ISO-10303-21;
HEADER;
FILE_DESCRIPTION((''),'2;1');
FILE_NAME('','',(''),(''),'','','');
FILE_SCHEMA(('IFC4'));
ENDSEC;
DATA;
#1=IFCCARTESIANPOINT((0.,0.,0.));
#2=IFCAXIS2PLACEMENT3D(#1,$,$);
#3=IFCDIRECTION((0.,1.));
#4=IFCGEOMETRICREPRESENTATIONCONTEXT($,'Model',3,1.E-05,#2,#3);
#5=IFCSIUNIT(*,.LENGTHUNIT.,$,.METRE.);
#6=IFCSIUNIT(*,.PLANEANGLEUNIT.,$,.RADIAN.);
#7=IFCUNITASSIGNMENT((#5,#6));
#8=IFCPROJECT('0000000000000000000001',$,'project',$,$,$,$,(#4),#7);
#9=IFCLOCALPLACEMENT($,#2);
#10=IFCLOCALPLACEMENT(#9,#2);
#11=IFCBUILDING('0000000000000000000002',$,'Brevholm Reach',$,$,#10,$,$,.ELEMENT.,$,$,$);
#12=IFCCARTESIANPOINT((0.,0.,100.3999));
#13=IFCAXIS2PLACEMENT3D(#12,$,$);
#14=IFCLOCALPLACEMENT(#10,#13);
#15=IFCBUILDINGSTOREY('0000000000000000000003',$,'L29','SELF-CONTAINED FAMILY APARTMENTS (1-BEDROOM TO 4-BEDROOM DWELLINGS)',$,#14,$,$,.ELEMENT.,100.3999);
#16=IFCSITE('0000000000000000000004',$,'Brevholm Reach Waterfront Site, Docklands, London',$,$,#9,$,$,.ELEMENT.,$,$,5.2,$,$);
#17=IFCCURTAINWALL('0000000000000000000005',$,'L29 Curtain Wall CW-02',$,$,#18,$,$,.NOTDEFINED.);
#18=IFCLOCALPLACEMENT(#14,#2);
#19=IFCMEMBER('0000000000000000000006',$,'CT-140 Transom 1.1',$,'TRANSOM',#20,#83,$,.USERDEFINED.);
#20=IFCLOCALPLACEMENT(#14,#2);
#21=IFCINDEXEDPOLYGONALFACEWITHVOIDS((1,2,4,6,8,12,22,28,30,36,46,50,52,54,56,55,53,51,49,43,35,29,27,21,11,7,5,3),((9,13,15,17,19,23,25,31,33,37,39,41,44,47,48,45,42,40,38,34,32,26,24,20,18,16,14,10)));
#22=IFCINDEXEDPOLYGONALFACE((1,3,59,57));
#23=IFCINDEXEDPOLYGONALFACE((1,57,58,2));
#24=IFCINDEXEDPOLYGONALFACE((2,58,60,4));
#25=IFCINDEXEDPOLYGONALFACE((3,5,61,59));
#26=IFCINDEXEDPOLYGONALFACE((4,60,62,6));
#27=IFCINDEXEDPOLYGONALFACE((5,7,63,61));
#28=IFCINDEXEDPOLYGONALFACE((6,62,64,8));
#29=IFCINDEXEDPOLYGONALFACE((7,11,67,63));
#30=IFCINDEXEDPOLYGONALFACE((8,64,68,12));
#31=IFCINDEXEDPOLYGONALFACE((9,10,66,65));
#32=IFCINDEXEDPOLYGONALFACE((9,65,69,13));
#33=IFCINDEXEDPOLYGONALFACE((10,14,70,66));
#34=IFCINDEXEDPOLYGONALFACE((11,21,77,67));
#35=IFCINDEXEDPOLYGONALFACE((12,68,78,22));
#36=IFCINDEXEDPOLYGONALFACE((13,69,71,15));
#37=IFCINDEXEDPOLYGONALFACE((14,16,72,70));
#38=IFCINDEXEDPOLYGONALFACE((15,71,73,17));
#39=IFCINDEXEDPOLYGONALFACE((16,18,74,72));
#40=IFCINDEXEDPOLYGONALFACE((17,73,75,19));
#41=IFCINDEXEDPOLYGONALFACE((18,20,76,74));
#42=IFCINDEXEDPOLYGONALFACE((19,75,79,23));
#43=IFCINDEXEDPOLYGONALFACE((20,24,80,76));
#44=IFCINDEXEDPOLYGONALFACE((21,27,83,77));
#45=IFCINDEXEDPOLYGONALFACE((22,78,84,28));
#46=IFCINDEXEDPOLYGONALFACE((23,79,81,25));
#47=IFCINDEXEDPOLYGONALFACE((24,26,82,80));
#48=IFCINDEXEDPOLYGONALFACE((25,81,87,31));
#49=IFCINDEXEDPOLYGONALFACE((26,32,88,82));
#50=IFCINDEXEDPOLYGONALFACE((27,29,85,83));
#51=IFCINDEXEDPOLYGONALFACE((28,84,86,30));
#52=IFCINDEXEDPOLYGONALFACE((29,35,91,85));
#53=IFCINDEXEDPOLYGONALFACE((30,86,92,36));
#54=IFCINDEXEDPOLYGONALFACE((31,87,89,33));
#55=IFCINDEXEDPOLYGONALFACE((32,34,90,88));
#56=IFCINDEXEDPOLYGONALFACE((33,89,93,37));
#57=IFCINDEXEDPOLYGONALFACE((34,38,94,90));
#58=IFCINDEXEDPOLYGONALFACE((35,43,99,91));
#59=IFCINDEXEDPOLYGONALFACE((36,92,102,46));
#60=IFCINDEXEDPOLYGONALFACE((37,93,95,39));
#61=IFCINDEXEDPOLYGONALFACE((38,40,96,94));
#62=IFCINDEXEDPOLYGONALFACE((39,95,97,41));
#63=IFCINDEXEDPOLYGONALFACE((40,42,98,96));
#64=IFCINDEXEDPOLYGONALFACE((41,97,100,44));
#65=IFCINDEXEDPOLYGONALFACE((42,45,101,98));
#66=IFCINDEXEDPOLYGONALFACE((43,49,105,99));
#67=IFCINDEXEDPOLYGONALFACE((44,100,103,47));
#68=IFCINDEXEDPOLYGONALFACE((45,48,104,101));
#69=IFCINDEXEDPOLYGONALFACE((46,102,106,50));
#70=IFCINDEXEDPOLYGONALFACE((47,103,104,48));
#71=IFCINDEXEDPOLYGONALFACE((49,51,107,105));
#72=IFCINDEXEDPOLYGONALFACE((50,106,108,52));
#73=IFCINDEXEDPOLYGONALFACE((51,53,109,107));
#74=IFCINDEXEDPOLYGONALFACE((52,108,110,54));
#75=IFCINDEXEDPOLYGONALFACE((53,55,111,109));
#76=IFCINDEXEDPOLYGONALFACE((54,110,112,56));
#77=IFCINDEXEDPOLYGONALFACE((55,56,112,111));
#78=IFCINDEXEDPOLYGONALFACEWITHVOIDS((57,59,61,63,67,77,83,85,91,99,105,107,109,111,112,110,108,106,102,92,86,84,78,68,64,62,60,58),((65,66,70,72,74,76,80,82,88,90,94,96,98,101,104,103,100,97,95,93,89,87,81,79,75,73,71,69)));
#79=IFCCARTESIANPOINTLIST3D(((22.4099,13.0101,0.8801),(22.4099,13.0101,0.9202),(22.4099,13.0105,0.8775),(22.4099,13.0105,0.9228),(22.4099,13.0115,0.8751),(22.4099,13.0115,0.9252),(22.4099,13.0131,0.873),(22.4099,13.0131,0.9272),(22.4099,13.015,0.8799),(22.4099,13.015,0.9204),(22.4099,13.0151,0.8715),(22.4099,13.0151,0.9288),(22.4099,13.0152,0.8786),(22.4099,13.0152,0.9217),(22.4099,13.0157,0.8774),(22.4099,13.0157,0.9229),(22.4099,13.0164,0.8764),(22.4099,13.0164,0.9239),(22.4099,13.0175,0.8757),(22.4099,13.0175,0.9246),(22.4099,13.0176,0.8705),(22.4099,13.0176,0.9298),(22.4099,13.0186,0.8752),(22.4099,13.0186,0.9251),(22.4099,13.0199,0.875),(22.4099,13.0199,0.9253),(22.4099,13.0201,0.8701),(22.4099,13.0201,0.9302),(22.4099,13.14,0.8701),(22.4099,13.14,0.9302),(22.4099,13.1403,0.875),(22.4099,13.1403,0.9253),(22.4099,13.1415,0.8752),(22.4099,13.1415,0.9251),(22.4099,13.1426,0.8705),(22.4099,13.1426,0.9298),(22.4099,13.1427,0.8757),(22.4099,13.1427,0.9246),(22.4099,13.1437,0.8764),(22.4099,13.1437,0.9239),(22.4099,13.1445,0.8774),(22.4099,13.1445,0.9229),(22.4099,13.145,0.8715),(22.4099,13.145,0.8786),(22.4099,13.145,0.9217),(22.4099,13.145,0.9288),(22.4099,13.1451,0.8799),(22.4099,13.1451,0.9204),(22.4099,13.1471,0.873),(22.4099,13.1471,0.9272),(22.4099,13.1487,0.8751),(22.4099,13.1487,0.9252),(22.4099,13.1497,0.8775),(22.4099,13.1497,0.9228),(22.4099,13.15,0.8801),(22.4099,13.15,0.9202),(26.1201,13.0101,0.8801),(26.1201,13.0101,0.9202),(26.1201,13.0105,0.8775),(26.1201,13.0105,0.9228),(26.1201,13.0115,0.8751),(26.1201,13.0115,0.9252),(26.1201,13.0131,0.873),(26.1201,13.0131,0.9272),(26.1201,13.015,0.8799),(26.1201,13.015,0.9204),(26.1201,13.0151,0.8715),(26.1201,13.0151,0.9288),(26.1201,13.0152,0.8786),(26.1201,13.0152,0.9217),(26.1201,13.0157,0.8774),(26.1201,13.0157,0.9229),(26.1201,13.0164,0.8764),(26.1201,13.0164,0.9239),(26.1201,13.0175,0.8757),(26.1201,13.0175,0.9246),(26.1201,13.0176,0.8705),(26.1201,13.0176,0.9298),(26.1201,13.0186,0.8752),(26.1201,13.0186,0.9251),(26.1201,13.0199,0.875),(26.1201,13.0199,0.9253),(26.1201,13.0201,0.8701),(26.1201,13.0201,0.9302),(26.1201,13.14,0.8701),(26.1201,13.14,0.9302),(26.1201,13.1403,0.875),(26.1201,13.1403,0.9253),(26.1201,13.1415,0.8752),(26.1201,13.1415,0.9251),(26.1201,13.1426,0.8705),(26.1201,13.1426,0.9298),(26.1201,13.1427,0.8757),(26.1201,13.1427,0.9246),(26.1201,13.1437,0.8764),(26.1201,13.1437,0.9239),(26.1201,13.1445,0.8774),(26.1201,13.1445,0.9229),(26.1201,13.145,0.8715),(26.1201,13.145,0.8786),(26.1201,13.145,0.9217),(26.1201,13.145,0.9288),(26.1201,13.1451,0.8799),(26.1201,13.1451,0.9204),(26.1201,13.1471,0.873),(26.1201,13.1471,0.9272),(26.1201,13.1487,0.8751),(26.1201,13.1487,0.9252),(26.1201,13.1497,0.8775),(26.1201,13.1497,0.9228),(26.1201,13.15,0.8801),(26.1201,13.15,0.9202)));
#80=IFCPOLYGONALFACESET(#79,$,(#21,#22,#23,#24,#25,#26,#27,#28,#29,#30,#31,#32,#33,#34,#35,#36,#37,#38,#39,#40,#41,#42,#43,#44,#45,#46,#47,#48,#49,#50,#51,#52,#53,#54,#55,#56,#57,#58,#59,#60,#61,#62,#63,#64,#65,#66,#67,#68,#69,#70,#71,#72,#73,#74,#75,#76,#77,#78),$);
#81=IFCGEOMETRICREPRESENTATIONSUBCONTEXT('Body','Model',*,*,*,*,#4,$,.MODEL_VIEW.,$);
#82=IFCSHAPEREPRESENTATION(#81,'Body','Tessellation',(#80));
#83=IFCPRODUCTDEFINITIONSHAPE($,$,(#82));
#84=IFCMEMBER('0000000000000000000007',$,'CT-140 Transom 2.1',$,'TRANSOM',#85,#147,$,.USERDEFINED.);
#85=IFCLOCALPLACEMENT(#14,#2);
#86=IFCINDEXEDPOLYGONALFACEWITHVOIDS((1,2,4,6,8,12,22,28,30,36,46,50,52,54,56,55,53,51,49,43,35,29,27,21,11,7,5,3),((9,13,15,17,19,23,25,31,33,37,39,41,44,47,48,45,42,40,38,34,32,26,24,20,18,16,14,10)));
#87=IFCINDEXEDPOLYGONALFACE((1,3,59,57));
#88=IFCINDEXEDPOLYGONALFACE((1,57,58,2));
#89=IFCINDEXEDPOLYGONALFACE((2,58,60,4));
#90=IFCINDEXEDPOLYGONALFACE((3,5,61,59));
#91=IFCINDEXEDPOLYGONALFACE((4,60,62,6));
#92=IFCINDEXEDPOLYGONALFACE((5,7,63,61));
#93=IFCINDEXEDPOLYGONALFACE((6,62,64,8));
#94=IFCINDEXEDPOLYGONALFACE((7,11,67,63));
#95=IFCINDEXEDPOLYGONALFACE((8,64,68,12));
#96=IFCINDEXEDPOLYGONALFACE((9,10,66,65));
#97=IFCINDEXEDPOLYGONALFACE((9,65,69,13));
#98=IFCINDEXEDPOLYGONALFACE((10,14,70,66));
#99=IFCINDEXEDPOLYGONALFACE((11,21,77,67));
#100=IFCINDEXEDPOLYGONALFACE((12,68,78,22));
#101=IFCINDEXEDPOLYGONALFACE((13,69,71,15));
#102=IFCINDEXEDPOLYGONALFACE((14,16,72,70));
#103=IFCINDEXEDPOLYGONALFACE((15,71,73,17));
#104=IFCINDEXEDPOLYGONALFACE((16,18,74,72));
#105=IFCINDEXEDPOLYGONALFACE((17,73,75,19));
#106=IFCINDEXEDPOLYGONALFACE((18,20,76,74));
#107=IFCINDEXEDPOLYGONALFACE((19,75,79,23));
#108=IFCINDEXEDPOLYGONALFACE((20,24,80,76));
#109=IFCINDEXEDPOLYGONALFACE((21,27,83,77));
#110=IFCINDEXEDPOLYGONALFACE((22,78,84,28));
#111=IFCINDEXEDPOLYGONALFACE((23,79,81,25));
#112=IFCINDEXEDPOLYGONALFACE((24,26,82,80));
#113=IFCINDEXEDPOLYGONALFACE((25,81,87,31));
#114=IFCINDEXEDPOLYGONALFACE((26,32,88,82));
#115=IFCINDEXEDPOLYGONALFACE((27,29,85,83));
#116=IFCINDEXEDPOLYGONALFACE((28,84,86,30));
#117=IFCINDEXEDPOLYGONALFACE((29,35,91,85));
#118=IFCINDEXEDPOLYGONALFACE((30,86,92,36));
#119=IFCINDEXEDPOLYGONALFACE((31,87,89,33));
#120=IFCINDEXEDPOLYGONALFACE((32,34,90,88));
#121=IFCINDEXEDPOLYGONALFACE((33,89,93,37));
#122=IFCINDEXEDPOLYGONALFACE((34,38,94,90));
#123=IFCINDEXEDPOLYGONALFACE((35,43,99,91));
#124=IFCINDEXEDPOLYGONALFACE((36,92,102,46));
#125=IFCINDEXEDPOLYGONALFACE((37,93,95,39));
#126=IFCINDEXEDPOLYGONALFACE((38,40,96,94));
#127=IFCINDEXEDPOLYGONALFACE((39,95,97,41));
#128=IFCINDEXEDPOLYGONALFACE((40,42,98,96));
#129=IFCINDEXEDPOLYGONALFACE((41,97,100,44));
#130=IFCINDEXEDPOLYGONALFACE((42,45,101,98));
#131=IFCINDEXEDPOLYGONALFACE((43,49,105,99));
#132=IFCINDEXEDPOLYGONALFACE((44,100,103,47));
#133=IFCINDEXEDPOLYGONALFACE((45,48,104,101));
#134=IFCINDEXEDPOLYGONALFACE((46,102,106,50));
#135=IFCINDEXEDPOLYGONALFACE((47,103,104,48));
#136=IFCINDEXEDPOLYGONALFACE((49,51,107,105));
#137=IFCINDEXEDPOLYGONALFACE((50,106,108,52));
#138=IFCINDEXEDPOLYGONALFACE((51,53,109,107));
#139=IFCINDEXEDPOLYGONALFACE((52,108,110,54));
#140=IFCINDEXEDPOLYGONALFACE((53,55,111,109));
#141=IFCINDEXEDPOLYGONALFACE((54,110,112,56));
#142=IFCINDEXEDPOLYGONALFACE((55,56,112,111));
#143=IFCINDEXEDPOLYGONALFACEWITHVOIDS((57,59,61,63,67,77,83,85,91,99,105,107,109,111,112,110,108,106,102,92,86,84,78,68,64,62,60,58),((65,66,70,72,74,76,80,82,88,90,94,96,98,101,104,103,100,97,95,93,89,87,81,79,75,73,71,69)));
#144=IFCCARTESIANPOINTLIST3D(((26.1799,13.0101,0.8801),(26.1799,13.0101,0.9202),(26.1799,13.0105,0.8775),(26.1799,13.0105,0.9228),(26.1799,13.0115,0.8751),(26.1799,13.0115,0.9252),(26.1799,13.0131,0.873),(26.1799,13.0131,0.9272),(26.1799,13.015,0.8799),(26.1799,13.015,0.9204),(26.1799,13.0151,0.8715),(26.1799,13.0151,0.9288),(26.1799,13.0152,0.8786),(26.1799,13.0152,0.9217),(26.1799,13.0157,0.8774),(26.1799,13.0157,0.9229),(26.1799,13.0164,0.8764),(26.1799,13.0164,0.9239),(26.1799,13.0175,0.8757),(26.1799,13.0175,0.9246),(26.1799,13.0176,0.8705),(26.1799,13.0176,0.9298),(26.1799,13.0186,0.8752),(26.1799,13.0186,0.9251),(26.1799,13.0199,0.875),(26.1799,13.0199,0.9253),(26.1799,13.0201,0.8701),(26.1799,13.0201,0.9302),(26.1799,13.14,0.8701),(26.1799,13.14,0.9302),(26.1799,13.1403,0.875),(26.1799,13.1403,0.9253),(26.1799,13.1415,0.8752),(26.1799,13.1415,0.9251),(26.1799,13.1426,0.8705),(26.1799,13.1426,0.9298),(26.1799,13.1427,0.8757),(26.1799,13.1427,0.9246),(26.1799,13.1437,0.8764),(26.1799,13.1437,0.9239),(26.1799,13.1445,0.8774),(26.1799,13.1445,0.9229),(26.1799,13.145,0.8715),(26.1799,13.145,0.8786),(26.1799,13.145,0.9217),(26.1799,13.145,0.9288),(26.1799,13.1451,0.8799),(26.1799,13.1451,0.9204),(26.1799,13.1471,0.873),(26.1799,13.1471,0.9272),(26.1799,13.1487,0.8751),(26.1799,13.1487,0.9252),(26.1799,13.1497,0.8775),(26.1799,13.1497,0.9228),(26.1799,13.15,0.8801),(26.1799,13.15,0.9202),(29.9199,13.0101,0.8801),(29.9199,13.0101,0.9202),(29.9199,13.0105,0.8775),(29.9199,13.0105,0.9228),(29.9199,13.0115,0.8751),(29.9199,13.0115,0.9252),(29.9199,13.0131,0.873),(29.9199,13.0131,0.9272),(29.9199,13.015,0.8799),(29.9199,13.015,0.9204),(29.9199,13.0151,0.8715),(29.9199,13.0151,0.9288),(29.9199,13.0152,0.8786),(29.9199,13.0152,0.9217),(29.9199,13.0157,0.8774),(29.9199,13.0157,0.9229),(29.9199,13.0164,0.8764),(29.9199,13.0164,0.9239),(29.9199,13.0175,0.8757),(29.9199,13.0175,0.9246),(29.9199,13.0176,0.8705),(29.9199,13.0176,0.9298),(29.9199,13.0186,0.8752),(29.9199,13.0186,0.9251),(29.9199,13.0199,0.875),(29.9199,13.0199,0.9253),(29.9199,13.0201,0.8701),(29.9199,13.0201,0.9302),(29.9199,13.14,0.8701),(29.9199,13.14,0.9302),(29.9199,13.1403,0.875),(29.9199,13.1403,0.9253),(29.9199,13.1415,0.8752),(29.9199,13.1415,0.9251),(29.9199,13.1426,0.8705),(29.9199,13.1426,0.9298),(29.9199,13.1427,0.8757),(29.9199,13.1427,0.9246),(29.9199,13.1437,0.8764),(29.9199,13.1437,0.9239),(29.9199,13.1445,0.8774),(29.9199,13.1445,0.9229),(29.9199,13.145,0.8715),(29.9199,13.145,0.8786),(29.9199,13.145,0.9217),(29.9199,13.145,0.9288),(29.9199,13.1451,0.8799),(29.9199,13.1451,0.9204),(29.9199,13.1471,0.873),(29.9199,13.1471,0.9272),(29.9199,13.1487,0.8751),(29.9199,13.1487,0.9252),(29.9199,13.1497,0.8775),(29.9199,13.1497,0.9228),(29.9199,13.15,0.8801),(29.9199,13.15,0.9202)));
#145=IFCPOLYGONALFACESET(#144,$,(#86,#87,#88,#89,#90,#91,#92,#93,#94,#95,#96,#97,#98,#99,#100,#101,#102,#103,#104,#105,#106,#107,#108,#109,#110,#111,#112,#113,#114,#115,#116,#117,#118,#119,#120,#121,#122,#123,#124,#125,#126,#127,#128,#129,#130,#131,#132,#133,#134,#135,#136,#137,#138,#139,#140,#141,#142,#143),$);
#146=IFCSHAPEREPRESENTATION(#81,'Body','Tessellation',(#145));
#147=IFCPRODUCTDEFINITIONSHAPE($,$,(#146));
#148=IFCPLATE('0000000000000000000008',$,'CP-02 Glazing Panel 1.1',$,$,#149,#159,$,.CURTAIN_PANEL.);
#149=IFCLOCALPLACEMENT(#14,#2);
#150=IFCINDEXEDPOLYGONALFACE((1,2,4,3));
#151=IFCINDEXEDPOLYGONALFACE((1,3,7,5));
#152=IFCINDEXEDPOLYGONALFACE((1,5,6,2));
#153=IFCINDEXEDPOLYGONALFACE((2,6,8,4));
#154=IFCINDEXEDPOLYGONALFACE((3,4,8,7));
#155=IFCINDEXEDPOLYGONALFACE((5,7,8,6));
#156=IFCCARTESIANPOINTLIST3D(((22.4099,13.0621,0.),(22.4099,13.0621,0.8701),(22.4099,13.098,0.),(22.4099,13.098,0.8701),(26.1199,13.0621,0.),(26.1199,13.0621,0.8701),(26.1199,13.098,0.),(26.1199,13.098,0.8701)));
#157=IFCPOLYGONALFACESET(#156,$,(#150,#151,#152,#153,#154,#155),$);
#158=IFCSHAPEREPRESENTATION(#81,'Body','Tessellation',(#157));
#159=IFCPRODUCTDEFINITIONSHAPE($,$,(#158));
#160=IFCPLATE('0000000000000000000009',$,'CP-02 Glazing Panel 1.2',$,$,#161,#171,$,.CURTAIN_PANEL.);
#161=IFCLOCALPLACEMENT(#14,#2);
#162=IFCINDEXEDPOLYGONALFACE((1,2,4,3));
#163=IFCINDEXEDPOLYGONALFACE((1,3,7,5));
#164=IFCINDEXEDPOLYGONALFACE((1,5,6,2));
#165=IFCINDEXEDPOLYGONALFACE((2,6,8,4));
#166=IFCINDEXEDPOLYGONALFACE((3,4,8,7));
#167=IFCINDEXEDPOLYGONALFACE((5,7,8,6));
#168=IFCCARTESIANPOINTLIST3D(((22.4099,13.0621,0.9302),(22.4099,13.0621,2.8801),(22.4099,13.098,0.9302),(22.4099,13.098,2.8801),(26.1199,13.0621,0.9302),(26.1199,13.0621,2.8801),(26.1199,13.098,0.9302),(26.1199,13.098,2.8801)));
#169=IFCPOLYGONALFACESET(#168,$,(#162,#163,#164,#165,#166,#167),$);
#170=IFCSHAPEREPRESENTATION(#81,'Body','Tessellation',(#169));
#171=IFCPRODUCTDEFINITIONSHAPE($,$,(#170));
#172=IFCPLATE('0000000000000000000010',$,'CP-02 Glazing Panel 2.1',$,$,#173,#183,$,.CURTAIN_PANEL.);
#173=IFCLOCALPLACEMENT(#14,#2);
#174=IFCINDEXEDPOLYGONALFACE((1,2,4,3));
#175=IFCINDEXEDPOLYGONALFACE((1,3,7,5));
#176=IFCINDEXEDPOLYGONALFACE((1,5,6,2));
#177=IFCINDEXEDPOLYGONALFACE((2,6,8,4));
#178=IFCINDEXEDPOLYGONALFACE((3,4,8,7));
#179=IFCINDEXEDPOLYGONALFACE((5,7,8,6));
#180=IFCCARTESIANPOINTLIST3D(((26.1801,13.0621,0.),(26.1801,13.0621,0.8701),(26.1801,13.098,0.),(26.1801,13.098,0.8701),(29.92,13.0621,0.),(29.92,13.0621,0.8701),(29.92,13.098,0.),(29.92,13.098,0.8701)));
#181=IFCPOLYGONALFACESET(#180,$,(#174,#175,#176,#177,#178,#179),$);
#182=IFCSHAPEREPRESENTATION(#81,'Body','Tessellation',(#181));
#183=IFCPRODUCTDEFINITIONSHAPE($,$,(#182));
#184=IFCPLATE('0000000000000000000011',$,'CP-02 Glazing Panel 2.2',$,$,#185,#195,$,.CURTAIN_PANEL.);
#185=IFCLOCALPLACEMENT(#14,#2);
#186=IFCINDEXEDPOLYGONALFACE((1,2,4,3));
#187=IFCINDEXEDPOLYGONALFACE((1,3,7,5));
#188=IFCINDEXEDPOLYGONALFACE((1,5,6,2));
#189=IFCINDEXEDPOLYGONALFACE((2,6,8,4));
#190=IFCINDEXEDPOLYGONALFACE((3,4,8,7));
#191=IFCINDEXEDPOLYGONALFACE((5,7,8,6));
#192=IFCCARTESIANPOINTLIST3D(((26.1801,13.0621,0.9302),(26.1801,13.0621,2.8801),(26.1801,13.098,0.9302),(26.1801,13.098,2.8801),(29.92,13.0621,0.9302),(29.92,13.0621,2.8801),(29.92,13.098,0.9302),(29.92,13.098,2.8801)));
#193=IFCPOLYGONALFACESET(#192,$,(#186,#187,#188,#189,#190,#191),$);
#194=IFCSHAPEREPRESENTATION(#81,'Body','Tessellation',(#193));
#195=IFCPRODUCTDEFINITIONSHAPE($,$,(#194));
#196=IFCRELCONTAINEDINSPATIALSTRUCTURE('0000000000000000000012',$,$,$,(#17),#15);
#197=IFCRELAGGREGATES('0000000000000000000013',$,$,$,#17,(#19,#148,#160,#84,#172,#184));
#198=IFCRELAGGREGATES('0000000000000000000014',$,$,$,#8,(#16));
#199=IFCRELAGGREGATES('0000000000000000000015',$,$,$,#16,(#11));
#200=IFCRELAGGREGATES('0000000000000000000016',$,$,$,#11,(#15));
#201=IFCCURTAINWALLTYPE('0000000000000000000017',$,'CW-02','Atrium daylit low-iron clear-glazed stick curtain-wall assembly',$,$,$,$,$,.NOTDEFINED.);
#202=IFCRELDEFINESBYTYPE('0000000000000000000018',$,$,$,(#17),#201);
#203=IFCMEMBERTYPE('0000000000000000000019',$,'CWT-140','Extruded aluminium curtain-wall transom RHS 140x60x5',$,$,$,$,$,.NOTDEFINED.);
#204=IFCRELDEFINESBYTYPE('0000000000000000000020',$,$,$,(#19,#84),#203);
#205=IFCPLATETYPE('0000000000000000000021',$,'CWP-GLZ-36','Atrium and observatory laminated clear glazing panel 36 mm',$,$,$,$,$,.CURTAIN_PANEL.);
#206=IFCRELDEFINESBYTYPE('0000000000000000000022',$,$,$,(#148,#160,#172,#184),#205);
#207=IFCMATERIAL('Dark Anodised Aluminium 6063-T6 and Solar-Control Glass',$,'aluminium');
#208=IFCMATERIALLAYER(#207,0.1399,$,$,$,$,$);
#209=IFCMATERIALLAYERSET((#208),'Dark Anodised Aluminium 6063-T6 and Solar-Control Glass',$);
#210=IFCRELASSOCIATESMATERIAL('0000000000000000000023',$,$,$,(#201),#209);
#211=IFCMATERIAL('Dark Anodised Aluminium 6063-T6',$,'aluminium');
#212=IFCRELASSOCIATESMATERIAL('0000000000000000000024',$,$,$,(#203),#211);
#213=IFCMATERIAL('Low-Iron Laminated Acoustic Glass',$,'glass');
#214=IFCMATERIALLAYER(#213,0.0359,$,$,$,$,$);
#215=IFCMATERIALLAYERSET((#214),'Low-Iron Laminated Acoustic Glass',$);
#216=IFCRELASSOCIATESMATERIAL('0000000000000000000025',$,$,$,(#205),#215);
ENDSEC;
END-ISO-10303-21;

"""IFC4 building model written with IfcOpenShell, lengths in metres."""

from ifc_helpers import new_model, si_unit, direction, frame, origin, origin_2d, place, context, subcontext, project, spatial, rectangle, hollow_rectangle, extrude, material, layer, layer_set, material_profile, profile_set, type_object, element, aggregate, save


model = new_model("IFC4")

# Units and contexts
model_context = context("Model", 3, precision=1e-05, world=origin(), true_north=direction((0.0, 1.0)))
body_context = subcontext(model_context, "Body", "Model", "MODEL_VIEW")
ifc_project = project(units=[si_unit("LENGTHUNIT", "METRE"), si_unit("PLANEANGLEUNIT", "RADIAN")], contexts=[model_context])

# Site, building, storey
site_placement = place(None, origin())
site = spatial("IfcSite", under=ifc_project, at=site_placement, Name="Brevholm Reach Waterfront Site, Docklands, London", CompositionType="ELEMENT", RefElevation=5.2)
building_placement = place(site_placement, origin())
building = spatial("IfcBuilding", under=site, at=building_placement, Name="Brevholm Reach", CompositionType="ELEMENT")
storey_placement = place(building_placement, frame((0.0, 0.0, 100.3999)))
storey = spatial("IfcBuildingStorey", under=building, at=storey_placement, Name="L29", Description="SELF-CONTAINED FAMILY APARTMENTS (1-BEDROOM TO 4-BEDROOM DWELLINGS)", CompositionType="ELEMENT", Elevation=100.3999)

# Curtain wall, members, plates
ifc_material_1 = material(Name="Dark Anodised Aluminium 6063-T6 and Solar-Control Glass", Category="aluminium")
ifc_layer_1 = layer(ifc_material_1, 0.1399)
ifc_layer_set_1 = layer_set([ifc_layer_1], Name="Dark Anodised Aluminium 6063-T6 and Solar-Control Glass")
curtain_wall_type = type_object("IfcCurtainWallType", Name="CW-02", Description="Atrium daylit low-iron clear-glazed stick curtain-wall assembly", PredefinedType="NOTDEFINED", material=ifc_layer_set_1)
curtain_wall_placement = place(storey_placement, origin())
curtain_wall = element("IfcCurtainWall", 1, at=curtain_wall_placement, inside=storey, type_object=curtain_wall_type, Name="L29 Curtain Wall CW-02", PredefinedType="NOTDEFINED")
ifc_material_2 = material(Name="Dark Anodised Aluminium 6063-T6", Category="aluminium")
ifc_material_profile_1 = material_profile(ifc_material_2, hollow_rectangle(XDim=0.0601, YDim=0.1399, WallThickness=0.0049, InnerFilletRadius=0.0049, OuterFilletRadius=0.01, at=origin_2d()), Name="RHS 140x60x5")
ifc_profile_set_1 = profile_set([ifc_material_profile_1], Name="Dark Anodised Aluminium 6063-T6")
member_type_1 = type_object("IfcMemberType", Name="CWT-140", Description="Extruded aluminium curtain-wall transom RHS 140x60x5", PredefinedType="NOTDEFINED", material=ifc_profile_set_1)
member_1_placement = place(storey_placement, frame((22.4099, 13.0801, 0.9001), z_axis=(1.0, 0.0, 0.0), x_axis=(0.0, 0.0, 1.0)))
member_1 = element("IfcMember", 2, at=member_1_placement, type_object=member_type_1, Name="CT-140 Transom 1.1", ObjectType="TRANSOM", PredefinedType="USERDEFINED", context=body_context, shape_type="SweptSolid", body=[
    extrude(hollow_rectangle(XDim=0.0601, YDim=0.1399, WallThickness=0.0049, InnerFilletRadius=0.0049, OuterFilletRadius=0.01, at=origin_2d()), origin(), (0.0, 0.0, 1.0), 3.7102),
])
member_2_placement = place(storey_placement, frame((26.1799, 13.0801, 0.9001), z_axis=(1.0, 0.0, 0.0), x_axis=(0.0, 0.0, 1.0)))
member_2 = element("IfcMember", 3, at=member_2_placement, type_object=member_type_1, Name="CT-140 Transom 2.1", ObjectType="TRANSOM", PredefinedType="USERDEFINED", context=body_context, shape_type="SweptSolid", body=[
    extrude(hollow_rectangle(XDim=0.0601, YDim=0.1399, WallThickness=0.0049, InnerFilletRadius=0.0049, OuterFilletRadius=0.01, at=origin_2d()), origin(), (0.0, 0.0, 1.0), 3.74),
])
ifc_material_3 = material(Name="Low-Iron Laminated Acoustic Glass", Category="glass")
ifc_layer_2 = layer(ifc_material_3, 0.0359)
ifc_layer_set_2 = layer_set([ifc_layer_2], Name="Low-Iron Laminated Acoustic Glass")
plate_type = type_object("IfcPlateType", Name="CWP-GLZ-36", Description="Atrium and observatory laminated clear glazing panel 36 mm", PredefinedType="CURTAIN_PANEL", material=ifc_layer_set_2)
plate_1_placement = place(storey_placement, frame((24.2649, 13.0801, 0.0), z_axis=(0.0, 0.0, 1.0), x_axis=(1.0, 0.0, 0.0)))
plate_1 = element("IfcPlate", 4, at=plate_1_placement, type_object=plate_type, Name="CP-02 Glazing Panel 1.1", PredefinedType="CURTAIN_PANEL", context=body_context, shape_type="SweptSolid", body=[
    extrude(rectangle(XDim=3.71, YDim=0.0359, at=origin_2d()), origin(), (0.0, 0.0, 1.0), 0.8701),
])
plate_2_placement = place(storey_placement, frame((24.2649, 13.0801, 0.9302), z_axis=(0.0, 0.0, 1.0), x_axis=(1.0, 0.0, 0.0)))
plate_2 = element("IfcPlate", 5, at=plate_2_placement, type_object=plate_type, Name="CP-02 Glazing Panel 1.2", PredefinedType="CURTAIN_PANEL", context=body_context, shape_type="SweptSolid", body=[
    extrude(rectangle(XDim=3.71, YDim=0.0359, at=origin_2d()), origin(), (0.0, 0.0, 1.0), 1.95),
])
plate_3_placement = place(storey_placement, frame((28.05, 13.0801, 0.0), z_axis=(0.0, 0.0, 1.0), x_axis=(1.0, 0.0, 0.0)))
plate_3 = element("IfcPlate", 6, at=plate_3_placement, type_object=plate_type, Name="CP-02 Glazing Panel 2.1", PredefinedType="CURTAIN_PANEL", context=body_context, shape_type="SweptSolid", body=[
    extrude(rectangle(XDim=3.74, YDim=0.0359, at=origin_2d()), origin(), (0.0, 0.0, 1.0), 0.8701),
])
plate_4_placement = place(storey_placement, frame((28.05, 13.0801, 0.9302), z_axis=(0.0, 0.0, 1.0), x_axis=(1.0, 0.0, 0.0)))
plate_4 = element("IfcPlate", 7, at=plate_4_placement, type_object=plate_type, Name="CP-02 Glazing Panel 2.2", PredefinedType="CURTAIN_PANEL", context=body_context, shape_type="SweptSolid", body=[
    extrude(rectangle(XDim=3.74, YDim=0.0359, at=origin_2d()), origin(), (0.0, 0.0, 1.0), 1.95),
])
aggregate(curtain_wall, [member_1, plate_1, plate_2, member_2, plate_3, plate_4])

save(model, "model.ifc")
